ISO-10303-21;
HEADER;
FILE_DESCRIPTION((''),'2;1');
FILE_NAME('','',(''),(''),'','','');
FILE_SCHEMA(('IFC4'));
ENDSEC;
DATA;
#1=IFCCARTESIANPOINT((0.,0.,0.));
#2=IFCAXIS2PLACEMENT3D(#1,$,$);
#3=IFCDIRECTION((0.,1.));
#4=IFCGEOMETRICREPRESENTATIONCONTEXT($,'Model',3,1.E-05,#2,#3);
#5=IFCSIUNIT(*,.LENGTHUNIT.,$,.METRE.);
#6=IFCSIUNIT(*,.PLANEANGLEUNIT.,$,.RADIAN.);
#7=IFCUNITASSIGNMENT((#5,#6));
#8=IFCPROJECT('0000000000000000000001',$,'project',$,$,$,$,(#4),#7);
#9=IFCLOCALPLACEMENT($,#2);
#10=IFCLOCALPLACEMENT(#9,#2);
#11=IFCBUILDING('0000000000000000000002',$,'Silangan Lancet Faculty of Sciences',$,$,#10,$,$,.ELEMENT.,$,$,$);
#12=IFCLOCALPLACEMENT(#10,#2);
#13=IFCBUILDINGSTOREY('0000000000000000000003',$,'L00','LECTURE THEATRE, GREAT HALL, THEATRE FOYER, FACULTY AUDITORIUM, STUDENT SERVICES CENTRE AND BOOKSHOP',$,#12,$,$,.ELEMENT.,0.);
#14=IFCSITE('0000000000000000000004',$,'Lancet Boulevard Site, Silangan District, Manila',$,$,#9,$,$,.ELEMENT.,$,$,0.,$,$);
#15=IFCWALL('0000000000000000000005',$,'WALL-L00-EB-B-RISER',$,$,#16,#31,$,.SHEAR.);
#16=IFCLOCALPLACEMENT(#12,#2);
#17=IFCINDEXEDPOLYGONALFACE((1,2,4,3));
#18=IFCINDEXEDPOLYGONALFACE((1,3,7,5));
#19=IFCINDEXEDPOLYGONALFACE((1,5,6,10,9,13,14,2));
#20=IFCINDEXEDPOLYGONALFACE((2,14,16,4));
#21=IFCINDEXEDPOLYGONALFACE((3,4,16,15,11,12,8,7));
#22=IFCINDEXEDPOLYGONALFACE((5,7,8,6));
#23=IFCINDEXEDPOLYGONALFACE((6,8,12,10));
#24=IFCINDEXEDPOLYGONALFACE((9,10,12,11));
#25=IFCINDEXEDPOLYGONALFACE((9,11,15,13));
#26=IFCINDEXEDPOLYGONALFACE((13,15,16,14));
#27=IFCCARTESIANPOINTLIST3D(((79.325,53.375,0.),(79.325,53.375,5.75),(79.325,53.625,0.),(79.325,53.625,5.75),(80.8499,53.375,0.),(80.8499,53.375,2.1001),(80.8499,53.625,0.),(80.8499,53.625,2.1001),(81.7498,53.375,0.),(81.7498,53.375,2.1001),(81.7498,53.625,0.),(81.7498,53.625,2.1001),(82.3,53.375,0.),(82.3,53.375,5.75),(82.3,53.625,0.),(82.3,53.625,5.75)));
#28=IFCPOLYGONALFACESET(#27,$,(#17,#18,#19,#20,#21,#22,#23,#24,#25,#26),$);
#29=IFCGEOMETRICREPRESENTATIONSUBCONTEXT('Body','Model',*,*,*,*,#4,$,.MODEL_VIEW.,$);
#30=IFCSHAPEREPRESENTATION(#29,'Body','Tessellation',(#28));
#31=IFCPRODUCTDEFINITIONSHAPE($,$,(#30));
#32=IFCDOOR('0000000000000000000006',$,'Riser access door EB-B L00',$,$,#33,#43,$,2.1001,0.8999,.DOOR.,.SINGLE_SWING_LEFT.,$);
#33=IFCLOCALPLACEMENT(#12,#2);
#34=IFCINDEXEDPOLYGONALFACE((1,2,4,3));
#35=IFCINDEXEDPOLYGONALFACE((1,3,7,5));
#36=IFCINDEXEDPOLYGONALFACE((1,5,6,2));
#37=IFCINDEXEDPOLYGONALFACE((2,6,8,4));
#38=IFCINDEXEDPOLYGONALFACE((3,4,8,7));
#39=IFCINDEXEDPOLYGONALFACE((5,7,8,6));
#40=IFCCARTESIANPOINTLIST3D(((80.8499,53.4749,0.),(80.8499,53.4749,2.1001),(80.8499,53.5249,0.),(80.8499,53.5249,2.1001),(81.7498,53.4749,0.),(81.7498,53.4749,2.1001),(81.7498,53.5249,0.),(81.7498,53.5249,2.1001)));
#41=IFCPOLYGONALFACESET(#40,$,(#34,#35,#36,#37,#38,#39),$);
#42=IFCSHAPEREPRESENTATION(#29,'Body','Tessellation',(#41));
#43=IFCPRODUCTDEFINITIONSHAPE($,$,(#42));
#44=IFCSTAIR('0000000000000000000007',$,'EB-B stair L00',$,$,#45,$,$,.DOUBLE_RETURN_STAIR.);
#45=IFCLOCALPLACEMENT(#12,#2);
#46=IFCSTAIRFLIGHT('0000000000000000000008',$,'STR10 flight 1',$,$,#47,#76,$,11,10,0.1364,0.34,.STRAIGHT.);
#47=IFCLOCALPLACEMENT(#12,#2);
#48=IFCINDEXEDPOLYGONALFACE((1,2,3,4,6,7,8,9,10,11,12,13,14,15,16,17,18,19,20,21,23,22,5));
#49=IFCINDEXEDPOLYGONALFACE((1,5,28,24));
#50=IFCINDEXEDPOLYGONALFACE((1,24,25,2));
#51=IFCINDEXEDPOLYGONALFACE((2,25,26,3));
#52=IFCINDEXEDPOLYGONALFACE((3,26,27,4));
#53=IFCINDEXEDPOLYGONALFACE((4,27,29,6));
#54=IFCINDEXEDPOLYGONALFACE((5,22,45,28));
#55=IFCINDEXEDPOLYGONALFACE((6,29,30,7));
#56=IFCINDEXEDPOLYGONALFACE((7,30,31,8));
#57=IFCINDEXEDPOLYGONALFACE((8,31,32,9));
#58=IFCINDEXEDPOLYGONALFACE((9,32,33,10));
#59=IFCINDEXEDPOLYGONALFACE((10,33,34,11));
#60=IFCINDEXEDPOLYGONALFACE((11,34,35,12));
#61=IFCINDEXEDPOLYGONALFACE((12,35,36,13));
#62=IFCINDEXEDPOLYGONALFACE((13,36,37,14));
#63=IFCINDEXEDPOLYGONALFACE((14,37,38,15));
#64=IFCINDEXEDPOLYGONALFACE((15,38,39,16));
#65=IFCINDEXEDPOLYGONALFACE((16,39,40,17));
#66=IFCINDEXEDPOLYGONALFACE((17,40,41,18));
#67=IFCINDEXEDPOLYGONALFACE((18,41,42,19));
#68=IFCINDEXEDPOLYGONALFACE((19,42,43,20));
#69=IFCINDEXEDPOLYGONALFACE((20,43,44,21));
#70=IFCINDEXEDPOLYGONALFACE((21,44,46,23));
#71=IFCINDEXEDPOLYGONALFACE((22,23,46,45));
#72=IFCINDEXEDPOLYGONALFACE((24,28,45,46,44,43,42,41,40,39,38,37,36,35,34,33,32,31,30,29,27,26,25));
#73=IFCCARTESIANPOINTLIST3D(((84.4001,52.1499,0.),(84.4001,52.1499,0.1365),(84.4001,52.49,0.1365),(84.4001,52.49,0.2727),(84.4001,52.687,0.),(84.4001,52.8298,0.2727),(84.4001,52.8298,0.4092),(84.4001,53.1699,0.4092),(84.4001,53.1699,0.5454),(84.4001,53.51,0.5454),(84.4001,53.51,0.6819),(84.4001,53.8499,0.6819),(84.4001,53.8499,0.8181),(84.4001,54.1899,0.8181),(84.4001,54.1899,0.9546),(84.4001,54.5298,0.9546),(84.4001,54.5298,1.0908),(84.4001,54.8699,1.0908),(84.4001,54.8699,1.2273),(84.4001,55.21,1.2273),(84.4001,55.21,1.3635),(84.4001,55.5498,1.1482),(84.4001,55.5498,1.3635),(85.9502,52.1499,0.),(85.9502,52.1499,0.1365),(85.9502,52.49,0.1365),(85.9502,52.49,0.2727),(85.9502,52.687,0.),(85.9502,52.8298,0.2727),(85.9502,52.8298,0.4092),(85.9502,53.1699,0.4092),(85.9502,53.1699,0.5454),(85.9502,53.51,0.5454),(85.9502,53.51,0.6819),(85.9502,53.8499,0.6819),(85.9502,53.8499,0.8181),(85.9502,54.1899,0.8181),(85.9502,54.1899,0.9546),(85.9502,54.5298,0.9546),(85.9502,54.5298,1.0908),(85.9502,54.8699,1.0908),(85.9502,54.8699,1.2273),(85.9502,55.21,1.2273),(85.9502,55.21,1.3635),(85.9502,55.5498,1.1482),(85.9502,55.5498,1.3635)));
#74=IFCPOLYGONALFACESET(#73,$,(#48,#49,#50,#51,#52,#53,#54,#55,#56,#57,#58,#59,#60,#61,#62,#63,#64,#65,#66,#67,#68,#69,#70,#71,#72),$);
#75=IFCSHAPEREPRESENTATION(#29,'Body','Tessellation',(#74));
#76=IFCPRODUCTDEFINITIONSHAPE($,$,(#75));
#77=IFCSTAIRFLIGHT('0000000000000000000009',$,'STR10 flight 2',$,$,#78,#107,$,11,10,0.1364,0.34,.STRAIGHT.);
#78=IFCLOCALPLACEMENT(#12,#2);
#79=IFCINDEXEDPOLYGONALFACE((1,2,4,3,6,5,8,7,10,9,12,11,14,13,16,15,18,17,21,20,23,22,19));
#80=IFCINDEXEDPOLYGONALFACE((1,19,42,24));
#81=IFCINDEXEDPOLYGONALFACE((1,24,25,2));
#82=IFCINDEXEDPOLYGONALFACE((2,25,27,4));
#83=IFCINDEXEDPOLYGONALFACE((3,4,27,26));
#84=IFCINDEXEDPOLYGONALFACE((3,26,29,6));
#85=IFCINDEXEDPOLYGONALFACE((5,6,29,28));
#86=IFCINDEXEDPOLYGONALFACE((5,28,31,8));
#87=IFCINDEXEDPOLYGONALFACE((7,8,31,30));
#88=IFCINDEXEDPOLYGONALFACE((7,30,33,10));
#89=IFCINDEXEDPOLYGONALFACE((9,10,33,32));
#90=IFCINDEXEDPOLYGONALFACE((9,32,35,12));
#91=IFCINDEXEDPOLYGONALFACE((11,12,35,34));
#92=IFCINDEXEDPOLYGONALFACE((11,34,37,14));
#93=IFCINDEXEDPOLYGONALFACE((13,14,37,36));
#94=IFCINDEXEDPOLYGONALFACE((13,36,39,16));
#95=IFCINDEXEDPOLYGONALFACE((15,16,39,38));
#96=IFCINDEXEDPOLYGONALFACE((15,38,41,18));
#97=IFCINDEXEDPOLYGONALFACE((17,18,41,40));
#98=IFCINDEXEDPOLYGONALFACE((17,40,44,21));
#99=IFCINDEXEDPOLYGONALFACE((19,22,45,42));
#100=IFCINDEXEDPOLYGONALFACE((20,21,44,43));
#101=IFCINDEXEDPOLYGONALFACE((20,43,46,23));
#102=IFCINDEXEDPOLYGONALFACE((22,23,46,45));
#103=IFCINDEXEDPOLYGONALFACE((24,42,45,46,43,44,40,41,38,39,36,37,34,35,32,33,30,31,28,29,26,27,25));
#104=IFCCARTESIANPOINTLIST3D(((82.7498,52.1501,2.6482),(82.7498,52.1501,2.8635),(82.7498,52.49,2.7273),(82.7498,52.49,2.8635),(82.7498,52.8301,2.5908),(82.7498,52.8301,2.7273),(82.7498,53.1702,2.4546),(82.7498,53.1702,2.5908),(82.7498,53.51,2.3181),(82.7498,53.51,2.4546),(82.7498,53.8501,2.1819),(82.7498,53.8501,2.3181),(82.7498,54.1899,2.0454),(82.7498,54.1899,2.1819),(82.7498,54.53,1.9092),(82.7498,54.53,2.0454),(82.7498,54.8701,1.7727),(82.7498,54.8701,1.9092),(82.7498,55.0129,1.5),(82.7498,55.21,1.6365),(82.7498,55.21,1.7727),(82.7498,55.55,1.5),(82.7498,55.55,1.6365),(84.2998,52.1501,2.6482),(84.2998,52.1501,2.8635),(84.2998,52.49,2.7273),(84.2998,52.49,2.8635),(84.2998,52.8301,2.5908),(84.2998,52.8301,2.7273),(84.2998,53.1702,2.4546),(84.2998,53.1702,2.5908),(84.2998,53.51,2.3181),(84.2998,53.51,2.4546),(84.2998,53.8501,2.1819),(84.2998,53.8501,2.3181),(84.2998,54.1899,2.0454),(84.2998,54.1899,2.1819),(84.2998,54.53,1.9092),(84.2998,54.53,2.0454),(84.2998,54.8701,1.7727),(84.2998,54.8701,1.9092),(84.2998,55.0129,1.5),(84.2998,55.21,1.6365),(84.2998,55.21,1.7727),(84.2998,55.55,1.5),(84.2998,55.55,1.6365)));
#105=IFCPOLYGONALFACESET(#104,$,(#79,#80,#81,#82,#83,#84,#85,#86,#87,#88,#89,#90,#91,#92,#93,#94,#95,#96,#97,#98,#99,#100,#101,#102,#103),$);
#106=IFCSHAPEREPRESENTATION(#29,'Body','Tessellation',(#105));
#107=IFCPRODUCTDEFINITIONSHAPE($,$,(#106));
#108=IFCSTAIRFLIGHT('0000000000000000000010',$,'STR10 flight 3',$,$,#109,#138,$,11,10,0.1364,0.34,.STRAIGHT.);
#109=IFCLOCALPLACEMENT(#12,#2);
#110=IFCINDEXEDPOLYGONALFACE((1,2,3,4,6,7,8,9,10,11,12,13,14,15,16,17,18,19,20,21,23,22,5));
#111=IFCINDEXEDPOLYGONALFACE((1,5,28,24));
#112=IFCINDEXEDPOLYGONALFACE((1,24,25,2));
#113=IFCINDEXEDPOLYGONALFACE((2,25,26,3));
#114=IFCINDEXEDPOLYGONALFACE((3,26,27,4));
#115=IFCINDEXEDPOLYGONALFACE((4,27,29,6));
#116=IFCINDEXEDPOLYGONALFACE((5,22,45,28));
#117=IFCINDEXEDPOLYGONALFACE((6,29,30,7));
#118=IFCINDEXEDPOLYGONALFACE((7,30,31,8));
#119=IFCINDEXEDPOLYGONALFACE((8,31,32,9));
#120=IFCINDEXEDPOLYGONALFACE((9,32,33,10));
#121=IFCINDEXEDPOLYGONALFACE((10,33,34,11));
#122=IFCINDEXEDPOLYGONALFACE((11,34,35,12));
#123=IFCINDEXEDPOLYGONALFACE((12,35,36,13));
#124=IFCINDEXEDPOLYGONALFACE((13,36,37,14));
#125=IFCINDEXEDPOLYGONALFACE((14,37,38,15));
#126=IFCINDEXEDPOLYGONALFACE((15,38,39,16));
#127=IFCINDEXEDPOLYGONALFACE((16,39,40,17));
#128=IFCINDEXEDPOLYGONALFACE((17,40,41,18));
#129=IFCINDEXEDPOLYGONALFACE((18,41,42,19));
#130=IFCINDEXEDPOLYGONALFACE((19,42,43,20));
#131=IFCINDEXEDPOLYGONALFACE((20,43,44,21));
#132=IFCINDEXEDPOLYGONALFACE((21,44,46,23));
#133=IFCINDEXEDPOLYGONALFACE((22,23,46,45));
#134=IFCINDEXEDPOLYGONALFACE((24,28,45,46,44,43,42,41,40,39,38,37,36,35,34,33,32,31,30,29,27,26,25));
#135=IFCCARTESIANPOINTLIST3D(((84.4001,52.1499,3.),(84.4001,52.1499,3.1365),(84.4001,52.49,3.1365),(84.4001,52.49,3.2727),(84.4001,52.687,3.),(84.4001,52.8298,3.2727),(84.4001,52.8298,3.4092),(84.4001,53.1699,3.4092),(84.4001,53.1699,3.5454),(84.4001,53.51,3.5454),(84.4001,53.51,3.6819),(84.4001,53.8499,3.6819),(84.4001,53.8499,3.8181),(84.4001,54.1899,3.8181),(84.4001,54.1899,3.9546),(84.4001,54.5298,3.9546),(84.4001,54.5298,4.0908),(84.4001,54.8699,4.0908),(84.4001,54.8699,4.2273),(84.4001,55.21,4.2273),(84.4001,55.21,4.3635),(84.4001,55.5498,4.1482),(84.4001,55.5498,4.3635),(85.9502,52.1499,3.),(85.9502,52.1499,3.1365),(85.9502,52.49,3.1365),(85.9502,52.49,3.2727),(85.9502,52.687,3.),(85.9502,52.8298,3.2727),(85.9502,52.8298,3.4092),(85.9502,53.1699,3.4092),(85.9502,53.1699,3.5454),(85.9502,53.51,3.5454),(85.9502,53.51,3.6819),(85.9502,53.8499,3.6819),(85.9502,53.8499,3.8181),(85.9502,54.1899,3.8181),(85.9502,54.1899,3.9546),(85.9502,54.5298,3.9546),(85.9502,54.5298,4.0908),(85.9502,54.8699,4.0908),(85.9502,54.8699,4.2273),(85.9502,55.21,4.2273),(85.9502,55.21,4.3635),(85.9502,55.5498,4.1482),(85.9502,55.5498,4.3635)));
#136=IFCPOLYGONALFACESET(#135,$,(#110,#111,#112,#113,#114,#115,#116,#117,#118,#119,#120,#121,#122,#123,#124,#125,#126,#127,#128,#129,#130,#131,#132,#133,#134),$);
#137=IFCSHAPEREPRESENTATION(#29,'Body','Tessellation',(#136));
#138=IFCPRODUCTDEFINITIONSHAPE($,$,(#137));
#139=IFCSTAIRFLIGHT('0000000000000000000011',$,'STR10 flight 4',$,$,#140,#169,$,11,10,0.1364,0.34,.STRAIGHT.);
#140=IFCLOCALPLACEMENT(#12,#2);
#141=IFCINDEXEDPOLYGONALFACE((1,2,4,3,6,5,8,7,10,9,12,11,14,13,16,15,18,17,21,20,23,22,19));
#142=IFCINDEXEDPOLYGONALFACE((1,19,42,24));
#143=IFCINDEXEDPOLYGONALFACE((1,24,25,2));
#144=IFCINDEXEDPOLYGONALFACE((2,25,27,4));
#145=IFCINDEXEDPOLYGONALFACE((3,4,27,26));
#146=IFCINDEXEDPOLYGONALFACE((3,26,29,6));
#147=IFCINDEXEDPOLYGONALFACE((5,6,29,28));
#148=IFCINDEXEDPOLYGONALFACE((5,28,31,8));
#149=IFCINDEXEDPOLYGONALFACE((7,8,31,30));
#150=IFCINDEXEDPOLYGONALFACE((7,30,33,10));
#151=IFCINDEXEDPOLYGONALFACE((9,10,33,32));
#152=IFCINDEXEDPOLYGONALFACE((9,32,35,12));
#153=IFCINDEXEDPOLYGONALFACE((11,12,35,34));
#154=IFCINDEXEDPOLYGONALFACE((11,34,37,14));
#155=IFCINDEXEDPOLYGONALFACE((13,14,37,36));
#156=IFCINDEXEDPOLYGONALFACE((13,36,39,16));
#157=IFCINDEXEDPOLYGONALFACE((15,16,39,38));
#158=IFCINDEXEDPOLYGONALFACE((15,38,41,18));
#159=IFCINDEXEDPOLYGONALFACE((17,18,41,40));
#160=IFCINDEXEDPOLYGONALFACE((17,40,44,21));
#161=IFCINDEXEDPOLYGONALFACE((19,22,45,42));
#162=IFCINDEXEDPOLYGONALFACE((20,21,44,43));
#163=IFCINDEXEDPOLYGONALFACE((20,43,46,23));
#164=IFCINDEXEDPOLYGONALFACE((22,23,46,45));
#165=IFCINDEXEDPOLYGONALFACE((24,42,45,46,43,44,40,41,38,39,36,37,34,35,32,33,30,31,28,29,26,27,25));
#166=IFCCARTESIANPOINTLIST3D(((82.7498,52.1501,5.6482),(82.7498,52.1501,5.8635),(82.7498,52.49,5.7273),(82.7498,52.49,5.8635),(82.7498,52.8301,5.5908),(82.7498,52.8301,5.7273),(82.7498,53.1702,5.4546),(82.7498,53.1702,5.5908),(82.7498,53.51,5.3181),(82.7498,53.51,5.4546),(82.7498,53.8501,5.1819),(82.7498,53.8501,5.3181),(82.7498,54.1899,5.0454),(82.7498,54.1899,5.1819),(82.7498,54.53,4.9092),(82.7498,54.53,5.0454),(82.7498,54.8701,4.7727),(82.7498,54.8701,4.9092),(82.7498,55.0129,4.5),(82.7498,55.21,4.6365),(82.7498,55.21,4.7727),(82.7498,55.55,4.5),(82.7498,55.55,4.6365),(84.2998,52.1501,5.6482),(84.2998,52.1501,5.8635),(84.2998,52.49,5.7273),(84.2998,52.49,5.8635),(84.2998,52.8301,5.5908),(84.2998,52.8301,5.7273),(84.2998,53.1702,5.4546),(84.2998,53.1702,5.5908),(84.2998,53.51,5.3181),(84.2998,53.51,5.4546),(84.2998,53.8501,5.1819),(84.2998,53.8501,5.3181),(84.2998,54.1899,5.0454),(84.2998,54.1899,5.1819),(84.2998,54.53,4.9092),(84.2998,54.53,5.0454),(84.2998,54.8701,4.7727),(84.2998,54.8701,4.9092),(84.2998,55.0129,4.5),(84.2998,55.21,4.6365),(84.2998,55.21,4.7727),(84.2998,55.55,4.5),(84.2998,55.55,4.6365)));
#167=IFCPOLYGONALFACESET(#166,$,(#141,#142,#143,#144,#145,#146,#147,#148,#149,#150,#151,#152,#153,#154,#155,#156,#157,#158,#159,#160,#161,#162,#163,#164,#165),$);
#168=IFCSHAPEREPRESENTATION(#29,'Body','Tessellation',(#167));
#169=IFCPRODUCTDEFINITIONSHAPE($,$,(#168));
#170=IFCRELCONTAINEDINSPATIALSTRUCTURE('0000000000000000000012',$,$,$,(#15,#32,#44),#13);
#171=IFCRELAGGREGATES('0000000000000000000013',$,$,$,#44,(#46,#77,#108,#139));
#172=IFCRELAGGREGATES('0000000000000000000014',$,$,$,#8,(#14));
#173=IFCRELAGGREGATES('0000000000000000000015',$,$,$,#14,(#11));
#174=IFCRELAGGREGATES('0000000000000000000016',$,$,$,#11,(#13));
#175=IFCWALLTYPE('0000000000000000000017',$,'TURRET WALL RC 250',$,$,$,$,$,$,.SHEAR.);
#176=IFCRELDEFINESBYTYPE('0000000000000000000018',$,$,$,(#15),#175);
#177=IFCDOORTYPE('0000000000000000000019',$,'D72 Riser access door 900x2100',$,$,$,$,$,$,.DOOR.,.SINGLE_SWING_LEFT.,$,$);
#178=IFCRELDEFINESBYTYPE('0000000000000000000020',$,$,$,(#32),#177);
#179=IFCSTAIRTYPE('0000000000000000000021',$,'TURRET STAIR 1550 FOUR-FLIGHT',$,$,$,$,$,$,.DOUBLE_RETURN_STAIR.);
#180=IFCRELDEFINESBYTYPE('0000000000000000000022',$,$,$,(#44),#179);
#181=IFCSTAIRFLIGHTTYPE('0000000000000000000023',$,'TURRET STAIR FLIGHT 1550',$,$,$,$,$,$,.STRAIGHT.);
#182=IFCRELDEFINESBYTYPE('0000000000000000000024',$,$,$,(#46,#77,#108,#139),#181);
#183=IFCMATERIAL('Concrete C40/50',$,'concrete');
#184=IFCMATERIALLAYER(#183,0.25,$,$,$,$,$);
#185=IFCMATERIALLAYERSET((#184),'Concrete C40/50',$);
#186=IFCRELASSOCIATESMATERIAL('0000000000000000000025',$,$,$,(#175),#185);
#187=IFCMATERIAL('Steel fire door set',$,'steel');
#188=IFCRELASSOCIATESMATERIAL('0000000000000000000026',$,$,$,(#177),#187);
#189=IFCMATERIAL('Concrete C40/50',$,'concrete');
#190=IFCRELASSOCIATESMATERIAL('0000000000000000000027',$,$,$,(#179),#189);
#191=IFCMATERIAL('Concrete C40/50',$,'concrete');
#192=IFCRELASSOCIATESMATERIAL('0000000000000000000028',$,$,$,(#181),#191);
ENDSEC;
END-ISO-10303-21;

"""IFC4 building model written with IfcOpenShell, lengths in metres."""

from ifc_helpers import new_model, si_unit, direction, frame, frame_2d, origin, place, context, subcontext, project, spatial, polyline, rectangle, outline, extrude, material, layer, layer_set, type_object, element, fill, aggregate, save


model = new_model("IFC4")

# Units and contexts
model_context = context("Model", 3, precision=1e-05, world=origin(), true_north=direction((0.0, 1.0)))
body_context = subcontext(model_context, "Body", "Model", "MODEL_VIEW")
ifc_project = project(units=[si_unit("LENGTHUNIT", "METRE"), si_unit("PLANEANGLEUNIT", "RADIAN")], contexts=[model_context])

# Site, building, storey
site_placement = place(None, origin())
site = spatial("IfcSite", under=ifc_project, at=site_placement, Name="Lancet Boulevard Site, Silangan District, Manila", CompositionType="ELEMENT", RefElevation=0.0)
building_placement = place(site_placement, origin())
building = spatial("IfcBuilding", under=site, at=building_placement, Name="Silangan Lancet Faculty of Sciences", CompositionType="ELEMENT")
storey_placement = place(building_placement, origin())
storey = spatial("IfcBuildingStorey", under=building, at=storey_placement, Name="L00", Description="LECTURE THEATRE, GREAT HALL, THEATRE FOYER, FACULTY AUDITORIUM, STUDENT SERVICES CENTRE AND BOOKSHOP", CompositionType="ELEMENT", Elevation=0.0)

# Wall, opening, door
ifc_material_1 = material(Name="Concrete C40/50", Category="concrete")
ifc_layer_1 = layer(ifc_material_1, 0.25)
ifc_layer_set_1 = layer_set([ifc_layer_1], Name="Concrete C40/50")
wall_type_1 = type_object("IfcWallType", Name="TURRET WALL RC 250", PredefinedType="SHEAR", material=ifc_layer_set_1)
wall_1_placement = place(storey_placement, frame((79.325, 53.5, 0.0), z_axis=(0.0, 0.0, 1.0), x_axis=(1.0, 0.0, 0.0)))
wall_1 = element("IfcWall", 1, at=wall_1_placement, inside=storey, type_object=wall_type_1, Name="WALL-L00-EB-B-RISER", PredefinedType="SHEAR", context=body_context, shape_type="SweptSolid", body=[
    extrude(rectangle(XDim=2.9751, YDim=0.25, at=frame_2d((1.4875, 0.0))), origin(), (0.0, 0.0, 1.0), 5.75),
])
opening_1_placement = place(wall_1_placement, frame((1.5249, 0.0, 0.0)))
opening_1 = element("IfcOpeningElement", 2, at=opening_1_placement, cuts=wall_1, PredefinedType="OPENING", context=body_context, shape_type="SweptSolid", body=[
    extrude(rectangle(XDim=0.8999, YDim=2.1001, at=frame_2d((0.45, 1.05))), frame((0.0, 0.135, 0.0), z_axis=(0.0, -1.0, 0.0), x_axis=(1.0, 0.0, 0.0)), (0.0, 0.0, 1.0), 0.27),
])
ifc_material_2 = material(Name="Steel fire door set", Category="steel")
door_type = type_object("IfcDoorType", Name="D72 Riser access door 900x2100", OperationType="SINGLE_SWING_LEFT", PredefinedType="DOOR", material=ifc_material_2)
door_placement = place(opening_1_placement, origin())
door = element("IfcDoor", 3, at=door_placement, inside=storey, type_object=door_type, Name="Riser access door EB-B L00", OperationType="SINGLE_SWING_LEFT", OverallHeight=2.1001, OverallWidth=0.8999, PredefinedType="DOOR", context=body_context, shape_type="SweptSolid", body=[
    extrude(rectangle(XDim=0.8999, YDim=2.1001, at=frame_2d((0.45, 1.05))), frame((0.0, 0.0249, 0.0), z_axis=(0.0, -1.0, 0.0), x_axis=(1.0, 0.0, 0.0)), (0.0, 0.0, 1.0), 0.05),
])
fill(opening_1, door)

# Stair, stair flights
ifc_material_3 = material(Name="Concrete C40/50", Category="concrete")
stair_type = type_object("IfcStairType", Name="TURRET STAIR 1550 FOUR-FLIGHT", PredefinedType="DOUBLE_RETURN_STAIR", material=ifc_material_3)
stair_placement = place(storey_placement, origin())
stair = element("IfcStair", 4, at=stair_placement, inside=storey, type_object=stair_type, Name="EB-B stair L00", PredefinedType="DOUBLE_RETURN_STAIR")
ifc_material_4 = material(Name="Concrete C40/50", Category="concrete")
stair_flight_type = type_object("IfcStairFlightType", Name="TURRET STAIR FLIGHT 1550", PredefinedType="STRAIGHT", material=ifc_material_4)
stair_flight_1_placement = place(storey_placement, frame((85.175, 52.1499, 0.0), z_axis=(0.0, 0.0, 1.0), x_axis=(0.0, 1.0, 0.0)))
stair_flight_1 = element("IfcStairFlight", 5, at=stair_flight_1_placement, type_object=stair_flight_type, Name="STR10 flight 1", NumberOfRisers=11, NumberOfTreads=10, PredefinedType="STRAIGHT", RiserHeight=0.1364, TreadLength=0.34, context=body_context, shape_type="SweptSolid", body=[
    extrude(outline(polyline([(0.0, 0.0), (0.0, 0.1365), (0.3401, 0.1365), (0.3401, 0.2727), (0.6799, 0.2727), (0.6799, 0.4092), (1.02, 0.4092), (1.02, 0.5454), (1.3601, 0.5454), (1.3601, 0.6819), (1.7, 0.6819), (1.7, 0.8181), (2.04, 0.8181), (2.04, 0.9546), (2.3799, 0.9546), (2.3799, 1.0908), (2.72, 1.0908), (2.72, 1.2273), (3.0601, 1.2273), (3.0601, 1.3635), (3.3999, 1.3635), (3.3999, 1.5), (3.3999, 1.1482), (0.5371, 0.0), (0.0, 0.0)])), frame((0.0, 0.7749, 0.0), z_axis=(0.0, -1.0, 0.0), x_axis=(1.0, 0.0, 0.0)), (0.0, 0.0, 1.0), 1.55),
])
stair_flight_2_placement = place(storey_placement, frame((83.5249, 55.55, 1.5), z_axis=(0.0, 0.0, 1.0), x_axis=(0.0, -1.0, 0.0)))
stair_flight_2 = element("IfcStairFlight", 6, at=stair_flight_2_placement, type_object=stair_flight_type, Name="STR10 flight 2", NumberOfRisers=11, NumberOfTreads=10, PredefinedType="STRAIGHT", RiserHeight=0.1364, TreadLength=0.34, context=body_context, shape_type="SweptSolid", body=[
    extrude(outline(polyline([(0.0, 0.0), (0.0, 0.1365), (0.3401, 0.1365), (0.3401, 0.2727), (0.6799, 0.2727), (0.6799, 0.4092), (1.02, 0.4092), (1.02, 0.5454), (1.3601, 0.5454), (1.3601, 0.6819), (1.7, 0.6819), (1.7, 0.8181), (2.04, 0.8181), (2.04, 0.9546), (2.3799, 0.9546), (2.3799, 1.0908), (2.72, 1.0908), (2.72, 1.2273), (3.0601, 1.2273), (3.0601, 1.3635), (3.3999, 1.3635), (3.3999, 1.5), (3.3999, 1.1482), (0.5371, 0.0), (0.0, 0.0)])), frame((0.0, 0.7749, 0.0), z_axis=(0.0, -1.0, 0.0), x_axis=(1.0, 0.0, 0.0)), (0.0, 0.0, 1.0), 1.55),
])
stair_flight_3_placement = place(storey_placement, frame((85.175, 52.1499, 3.0), z_axis=(0.0, 0.0, 1.0), x_axis=(0.0, 1.0, 0.0)))
stair_flight_3 = element("IfcStairFlight", 7, at=stair_flight_3_placement, type_object=stair_flight_type, Name="STR10 flight 3", NumberOfRisers=11, NumberOfTreads=10, PredefinedType="STRAIGHT", RiserHeight=0.1364, TreadLength=0.34, context=body_context, shape_type="SweptSolid", body=[
    extrude(outline(polyline([(0.0, 0.0), (0.0, 0.1365), (0.3401, 0.1365), (0.3401, 0.2727), (0.6799, 0.2727), (0.6799, 0.4092), (1.02, 0.4092), (1.02, 0.5454), (1.3601, 0.5454), (1.3601, 0.6819), (1.7, 0.6819), (1.7, 0.8181), (2.04, 0.8181), (2.04, 0.9546), (2.3799, 0.9546), (2.3799, 1.0908), (2.72, 1.0908), (2.72, 1.2273), (3.0601, 1.2273), (3.0601, 1.3635), (3.3999, 1.3635), (3.3999, 1.5), (3.3999, 1.1482), (0.5371, 0.0), (0.0, 0.0)])), frame((0.0, 0.7749, 0.0), z_axis=(0.0, -1.0, 0.0), x_axis=(1.0, 0.0, 0.0)), (0.0, 0.0, 1.0), 1.55),
])
stair_flight_4_placement = place(storey_placement, frame((83.5249, 55.55, 4.5), z_axis=(0.0, 0.0, 1.0), x_axis=(0.0, -1.0, 0.0)))
stair_flight_4 = element("IfcStairFlight", 8, at=stair_flight_4_placement, type_object=stair_flight_type, Name="STR10 flight 4", NumberOfRisers=11, NumberOfTreads=10, PredefinedType="STRAIGHT", RiserHeight=0.1364, TreadLength=0.34, context=body_context, shape_type="SweptSolid", body=[
    extrude(outline(polyline([(0.0, 0.0), (0.0, 0.1365), (0.3401, 0.1365), (0.3401, 0.2727), (0.6799, 0.2727), (0.6799, 0.4092), (1.02, 0.4092), (1.02, 0.5454), (1.3601, 0.5454), (1.3601, 0.6819), (1.7, 0.6819), (1.7, 0.8181), (2.04, 0.8181), (2.04, 0.9546), (2.3799, 0.9546), (2.3799, 1.0908), (2.72, 1.0908), (2.72, 1.2273), (3.0601, 1.2273), (3.0601, 1.3635), (3.3999, 1.3635), (3.3999, 1.5), (3.3999, 1.1482), (0.5371, 0.0), (0.0, 0.0)])), frame((0.0, 0.7749, 0.0), z_axis=(0.0, -1.0, 0.0), x_axis=(1.0, 0.0, 0.0)), (0.0, 0.0, 1.0), 1.55),
])
aggregate(stair, [stair_flight_1, stair_flight_2, stair_flight_3, stair_flight_4])

save(model, "model.ifc")
